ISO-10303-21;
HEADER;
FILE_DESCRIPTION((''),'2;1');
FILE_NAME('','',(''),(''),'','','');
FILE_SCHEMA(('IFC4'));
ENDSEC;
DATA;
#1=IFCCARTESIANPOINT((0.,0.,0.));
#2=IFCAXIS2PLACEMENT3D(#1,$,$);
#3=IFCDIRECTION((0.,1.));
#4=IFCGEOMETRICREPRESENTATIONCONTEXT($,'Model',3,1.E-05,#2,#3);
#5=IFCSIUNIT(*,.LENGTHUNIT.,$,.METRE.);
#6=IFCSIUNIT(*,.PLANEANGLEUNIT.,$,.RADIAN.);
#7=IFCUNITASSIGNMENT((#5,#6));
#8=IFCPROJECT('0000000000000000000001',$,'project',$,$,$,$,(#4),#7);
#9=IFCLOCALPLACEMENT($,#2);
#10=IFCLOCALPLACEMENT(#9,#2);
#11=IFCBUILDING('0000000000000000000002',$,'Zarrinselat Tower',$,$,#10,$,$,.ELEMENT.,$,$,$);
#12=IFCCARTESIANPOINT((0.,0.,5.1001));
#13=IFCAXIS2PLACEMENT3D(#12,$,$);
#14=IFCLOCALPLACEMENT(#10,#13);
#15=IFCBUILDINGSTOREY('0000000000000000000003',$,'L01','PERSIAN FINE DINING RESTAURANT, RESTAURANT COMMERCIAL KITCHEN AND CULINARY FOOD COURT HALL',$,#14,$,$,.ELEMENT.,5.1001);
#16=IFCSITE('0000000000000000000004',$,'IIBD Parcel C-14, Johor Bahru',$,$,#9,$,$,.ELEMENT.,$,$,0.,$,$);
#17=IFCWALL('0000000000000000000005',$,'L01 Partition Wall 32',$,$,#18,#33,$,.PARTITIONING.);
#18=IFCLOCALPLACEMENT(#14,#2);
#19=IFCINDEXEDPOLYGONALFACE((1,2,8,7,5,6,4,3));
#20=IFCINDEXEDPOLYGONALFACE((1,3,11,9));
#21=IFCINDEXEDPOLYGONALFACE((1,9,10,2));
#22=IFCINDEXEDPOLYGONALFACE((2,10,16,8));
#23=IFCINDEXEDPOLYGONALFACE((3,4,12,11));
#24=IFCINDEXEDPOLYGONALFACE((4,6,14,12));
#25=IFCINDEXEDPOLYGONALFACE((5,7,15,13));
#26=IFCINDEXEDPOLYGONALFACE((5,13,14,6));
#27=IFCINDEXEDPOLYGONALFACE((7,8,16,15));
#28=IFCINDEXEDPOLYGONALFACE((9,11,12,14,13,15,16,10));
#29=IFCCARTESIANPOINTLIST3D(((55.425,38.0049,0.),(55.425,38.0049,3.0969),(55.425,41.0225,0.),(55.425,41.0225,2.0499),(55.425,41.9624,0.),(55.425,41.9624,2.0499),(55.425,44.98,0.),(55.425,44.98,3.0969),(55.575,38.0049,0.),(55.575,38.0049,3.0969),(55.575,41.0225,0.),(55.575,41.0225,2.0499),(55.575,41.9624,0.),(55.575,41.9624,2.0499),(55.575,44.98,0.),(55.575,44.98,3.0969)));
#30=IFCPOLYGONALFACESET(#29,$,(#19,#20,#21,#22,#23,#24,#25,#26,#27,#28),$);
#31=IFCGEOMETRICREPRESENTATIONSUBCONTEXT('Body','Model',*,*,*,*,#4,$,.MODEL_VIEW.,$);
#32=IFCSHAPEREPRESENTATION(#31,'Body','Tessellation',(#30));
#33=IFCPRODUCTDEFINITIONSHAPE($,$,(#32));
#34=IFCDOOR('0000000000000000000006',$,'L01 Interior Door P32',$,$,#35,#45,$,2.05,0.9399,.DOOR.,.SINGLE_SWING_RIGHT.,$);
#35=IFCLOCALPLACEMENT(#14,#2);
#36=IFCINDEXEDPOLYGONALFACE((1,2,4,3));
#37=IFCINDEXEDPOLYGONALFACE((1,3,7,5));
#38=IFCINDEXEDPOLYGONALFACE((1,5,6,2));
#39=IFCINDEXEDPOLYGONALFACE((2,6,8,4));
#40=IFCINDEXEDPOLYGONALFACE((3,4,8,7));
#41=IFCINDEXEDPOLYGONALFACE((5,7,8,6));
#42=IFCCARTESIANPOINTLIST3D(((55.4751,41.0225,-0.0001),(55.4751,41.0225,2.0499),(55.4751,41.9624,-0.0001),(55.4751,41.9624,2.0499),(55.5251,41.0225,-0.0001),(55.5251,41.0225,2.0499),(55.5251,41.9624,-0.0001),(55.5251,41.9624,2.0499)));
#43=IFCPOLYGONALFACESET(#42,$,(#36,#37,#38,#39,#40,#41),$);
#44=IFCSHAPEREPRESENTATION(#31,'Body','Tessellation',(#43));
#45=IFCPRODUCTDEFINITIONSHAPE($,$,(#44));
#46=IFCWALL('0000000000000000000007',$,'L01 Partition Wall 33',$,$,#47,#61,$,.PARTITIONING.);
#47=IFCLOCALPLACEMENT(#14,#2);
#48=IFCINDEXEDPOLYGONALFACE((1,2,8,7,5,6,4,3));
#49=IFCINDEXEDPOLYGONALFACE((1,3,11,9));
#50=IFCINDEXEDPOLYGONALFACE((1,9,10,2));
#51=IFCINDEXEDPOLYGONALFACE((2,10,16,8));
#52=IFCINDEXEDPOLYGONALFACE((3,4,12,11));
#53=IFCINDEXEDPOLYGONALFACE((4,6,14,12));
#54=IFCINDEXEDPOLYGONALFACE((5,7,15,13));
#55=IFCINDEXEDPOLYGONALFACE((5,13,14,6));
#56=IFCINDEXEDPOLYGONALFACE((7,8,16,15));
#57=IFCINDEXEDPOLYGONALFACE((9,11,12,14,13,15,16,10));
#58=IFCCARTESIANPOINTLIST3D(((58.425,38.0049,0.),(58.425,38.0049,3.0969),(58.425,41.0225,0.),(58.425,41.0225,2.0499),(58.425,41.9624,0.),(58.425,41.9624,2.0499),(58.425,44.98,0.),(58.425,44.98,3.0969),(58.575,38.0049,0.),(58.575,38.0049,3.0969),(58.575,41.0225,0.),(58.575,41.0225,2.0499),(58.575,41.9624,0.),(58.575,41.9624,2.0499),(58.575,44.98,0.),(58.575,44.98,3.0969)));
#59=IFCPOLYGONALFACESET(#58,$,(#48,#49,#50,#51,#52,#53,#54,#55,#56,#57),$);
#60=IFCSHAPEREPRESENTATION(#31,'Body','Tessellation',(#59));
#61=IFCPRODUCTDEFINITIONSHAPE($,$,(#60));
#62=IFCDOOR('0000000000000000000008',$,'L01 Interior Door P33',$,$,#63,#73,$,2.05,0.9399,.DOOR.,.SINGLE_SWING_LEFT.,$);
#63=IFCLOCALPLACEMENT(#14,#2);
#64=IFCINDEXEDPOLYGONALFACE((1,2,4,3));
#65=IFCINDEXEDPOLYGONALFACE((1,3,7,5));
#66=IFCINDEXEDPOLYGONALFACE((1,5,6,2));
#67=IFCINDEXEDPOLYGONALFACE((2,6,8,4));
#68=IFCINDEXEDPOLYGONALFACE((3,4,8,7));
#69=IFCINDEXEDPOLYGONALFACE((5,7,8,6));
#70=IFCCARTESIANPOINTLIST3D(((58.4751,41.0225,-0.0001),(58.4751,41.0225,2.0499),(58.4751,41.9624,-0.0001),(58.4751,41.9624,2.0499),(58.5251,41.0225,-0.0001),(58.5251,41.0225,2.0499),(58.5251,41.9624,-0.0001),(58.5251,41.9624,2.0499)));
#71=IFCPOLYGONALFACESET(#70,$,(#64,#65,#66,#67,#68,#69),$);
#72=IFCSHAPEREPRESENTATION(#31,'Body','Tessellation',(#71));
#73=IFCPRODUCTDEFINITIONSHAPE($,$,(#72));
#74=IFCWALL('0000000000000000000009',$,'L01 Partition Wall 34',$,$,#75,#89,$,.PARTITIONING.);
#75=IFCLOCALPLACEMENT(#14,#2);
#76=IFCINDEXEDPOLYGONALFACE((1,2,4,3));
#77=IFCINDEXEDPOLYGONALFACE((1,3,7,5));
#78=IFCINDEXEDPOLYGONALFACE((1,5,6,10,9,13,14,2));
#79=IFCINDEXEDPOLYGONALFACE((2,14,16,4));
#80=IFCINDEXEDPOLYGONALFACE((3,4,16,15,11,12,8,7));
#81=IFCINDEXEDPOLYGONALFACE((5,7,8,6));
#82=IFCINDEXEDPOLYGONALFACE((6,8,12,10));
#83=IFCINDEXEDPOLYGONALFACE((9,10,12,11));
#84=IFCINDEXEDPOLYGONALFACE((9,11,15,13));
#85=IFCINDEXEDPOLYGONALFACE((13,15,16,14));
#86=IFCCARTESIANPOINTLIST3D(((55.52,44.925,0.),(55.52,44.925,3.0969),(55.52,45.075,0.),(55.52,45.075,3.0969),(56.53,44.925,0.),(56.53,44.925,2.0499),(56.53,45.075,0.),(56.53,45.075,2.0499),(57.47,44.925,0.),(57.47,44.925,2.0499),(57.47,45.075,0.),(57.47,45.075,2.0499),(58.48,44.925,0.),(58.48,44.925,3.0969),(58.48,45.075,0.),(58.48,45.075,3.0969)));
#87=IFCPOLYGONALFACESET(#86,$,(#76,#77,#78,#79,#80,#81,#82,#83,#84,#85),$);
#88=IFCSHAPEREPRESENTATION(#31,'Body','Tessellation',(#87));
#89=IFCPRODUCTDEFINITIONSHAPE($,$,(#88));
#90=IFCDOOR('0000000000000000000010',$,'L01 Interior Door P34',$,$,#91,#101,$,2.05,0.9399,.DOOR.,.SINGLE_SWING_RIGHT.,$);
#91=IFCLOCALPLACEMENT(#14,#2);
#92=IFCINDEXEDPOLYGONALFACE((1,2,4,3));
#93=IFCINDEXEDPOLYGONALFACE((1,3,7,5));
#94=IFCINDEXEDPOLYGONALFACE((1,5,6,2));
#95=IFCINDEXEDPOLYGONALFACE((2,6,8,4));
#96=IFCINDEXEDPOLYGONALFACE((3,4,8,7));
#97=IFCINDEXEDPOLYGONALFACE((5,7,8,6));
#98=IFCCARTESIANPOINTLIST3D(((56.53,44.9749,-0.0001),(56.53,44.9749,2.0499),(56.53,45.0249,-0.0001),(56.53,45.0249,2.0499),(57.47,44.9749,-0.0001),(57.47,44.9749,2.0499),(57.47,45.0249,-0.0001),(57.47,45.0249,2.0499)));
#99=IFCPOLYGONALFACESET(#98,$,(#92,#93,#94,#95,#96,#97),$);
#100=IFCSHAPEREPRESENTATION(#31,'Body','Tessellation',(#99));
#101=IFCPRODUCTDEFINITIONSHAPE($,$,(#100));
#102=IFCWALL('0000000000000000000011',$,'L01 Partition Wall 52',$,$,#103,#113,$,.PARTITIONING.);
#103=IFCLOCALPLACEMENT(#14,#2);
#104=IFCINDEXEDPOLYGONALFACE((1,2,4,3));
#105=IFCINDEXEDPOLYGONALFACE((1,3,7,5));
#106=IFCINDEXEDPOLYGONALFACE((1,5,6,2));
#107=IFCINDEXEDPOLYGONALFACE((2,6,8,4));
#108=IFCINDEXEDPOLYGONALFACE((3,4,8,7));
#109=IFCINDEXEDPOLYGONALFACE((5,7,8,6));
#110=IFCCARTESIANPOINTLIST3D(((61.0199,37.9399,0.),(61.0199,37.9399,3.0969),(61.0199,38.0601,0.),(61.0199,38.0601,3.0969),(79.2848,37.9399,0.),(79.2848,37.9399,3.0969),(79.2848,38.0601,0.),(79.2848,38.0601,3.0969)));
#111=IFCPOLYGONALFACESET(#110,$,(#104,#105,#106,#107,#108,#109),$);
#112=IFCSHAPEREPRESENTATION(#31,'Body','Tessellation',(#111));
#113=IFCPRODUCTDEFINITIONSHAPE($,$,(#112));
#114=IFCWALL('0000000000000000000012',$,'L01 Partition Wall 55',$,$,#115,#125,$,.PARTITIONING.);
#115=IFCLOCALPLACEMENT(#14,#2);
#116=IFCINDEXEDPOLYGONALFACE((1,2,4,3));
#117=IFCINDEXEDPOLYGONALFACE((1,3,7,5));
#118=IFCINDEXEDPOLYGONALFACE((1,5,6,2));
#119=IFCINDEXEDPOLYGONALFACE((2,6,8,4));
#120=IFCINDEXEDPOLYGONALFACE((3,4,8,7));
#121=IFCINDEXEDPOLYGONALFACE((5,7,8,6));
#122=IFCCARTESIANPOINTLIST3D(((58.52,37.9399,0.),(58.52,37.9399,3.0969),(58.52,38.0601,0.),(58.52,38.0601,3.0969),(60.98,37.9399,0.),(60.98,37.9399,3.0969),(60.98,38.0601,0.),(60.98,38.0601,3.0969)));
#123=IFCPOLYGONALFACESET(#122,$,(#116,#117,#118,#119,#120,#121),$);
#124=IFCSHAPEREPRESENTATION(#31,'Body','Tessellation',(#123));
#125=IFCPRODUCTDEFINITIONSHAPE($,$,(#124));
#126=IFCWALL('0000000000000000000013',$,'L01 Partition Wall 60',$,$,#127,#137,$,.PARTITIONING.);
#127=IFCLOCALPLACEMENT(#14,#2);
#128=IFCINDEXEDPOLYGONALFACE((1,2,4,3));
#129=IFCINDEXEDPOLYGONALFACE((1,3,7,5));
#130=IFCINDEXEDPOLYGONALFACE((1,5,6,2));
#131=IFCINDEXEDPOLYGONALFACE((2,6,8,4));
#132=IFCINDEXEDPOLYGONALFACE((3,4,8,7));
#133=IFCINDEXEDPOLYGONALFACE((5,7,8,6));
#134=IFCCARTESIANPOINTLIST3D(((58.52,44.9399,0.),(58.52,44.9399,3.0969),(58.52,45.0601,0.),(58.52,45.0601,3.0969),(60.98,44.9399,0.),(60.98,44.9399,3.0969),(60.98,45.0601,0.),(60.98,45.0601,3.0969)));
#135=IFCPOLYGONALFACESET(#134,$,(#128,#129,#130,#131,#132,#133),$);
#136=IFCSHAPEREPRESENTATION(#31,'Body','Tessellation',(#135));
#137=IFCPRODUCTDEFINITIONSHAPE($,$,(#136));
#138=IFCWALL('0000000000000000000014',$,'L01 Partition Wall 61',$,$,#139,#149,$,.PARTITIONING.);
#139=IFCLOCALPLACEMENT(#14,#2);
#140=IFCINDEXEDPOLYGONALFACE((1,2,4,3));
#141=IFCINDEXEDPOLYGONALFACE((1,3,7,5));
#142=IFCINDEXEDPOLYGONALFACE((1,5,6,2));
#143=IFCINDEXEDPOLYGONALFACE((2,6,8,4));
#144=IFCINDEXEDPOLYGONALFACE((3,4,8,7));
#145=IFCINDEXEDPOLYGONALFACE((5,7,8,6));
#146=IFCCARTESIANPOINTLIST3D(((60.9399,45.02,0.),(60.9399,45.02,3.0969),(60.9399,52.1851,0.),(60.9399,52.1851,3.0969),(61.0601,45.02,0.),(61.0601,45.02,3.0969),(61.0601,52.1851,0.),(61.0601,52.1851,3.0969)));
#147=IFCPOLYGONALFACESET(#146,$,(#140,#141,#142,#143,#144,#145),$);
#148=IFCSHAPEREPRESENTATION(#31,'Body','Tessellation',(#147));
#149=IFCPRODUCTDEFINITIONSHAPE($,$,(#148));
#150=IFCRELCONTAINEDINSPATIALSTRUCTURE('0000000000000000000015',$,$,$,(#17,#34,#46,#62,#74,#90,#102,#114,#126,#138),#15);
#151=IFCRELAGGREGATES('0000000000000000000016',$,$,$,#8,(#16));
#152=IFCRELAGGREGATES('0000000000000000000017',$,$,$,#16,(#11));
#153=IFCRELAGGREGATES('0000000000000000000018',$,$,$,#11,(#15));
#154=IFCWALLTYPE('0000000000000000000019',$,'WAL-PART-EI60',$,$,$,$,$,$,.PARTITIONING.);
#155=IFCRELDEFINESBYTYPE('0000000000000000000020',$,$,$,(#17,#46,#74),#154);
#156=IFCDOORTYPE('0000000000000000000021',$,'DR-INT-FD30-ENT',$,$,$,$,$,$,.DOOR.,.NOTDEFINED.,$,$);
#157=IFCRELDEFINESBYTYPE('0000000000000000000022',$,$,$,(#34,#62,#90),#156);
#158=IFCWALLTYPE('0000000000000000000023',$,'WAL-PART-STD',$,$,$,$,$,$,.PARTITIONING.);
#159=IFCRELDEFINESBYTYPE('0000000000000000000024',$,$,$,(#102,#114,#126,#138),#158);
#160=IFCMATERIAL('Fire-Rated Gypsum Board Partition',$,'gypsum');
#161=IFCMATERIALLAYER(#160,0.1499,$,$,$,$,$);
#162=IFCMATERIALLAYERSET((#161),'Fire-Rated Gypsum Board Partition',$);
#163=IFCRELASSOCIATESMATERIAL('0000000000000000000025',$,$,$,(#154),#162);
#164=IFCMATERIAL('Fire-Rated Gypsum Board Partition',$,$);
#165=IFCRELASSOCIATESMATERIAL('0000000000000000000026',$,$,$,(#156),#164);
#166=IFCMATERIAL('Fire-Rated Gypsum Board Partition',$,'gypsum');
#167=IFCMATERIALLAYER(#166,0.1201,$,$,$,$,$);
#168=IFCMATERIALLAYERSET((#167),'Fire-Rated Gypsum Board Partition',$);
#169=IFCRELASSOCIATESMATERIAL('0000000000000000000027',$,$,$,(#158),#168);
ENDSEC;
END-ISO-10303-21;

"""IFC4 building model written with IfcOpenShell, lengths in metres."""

from ifc_helpers import new_model, si_unit, direction, frame, frame_2d, origin, place, context, subcontext, project, spatial, rectangle, extrude, material, layer, layer_set, type_object, element, fill, save


model = new_model("IFC4")

# Units and contexts
model_context = context("Model", 3, precision=1e-05, world=origin(), true_north=direction((0.0, 1.0)))
body_context = subcontext(model_context, "Body", "Model", "MODEL_VIEW")
ifc_project = project(units=[si_unit("LENGTHUNIT", "METRE"), si_unit("PLANEANGLEUNIT", "RADIAN")], contexts=[model_context])

# Site, building, storey
site_placement = place(None, origin())
site = spatial("IfcSite", under=ifc_project, at=site_placement, Name="IIBD Parcel C-14, Johor Bahru", CompositionType="ELEMENT", RefElevation=0.0)
building_placement = place(site_placement, origin())
building = spatial("IfcBuilding", under=site, at=building_placement, Name="Zarrinselat Tower", CompositionType="ELEMENT")
storey_placement = place(building_placement, frame((0.0, 0.0, 5.1001)))
storey = spatial("IfcBuildingStorey", under=building, at=storey_placement, Name="L01", Description="PERSIAN FINE DINING RESTAURANT, RESTAURANT COMMERCIAL KITCHEN AND CULINARY FOOD COURT HALL", CompositionType="ELEMENT", Elevation=5.1001)

# Walls, openings, doors
ifc_material_1 = material(Name="Fire-Rated Gypsum Board Partition", Category="gypsum")
ifc_layer_1 = layer(ifc_material_1, 0.1499)
ifc_layer_set_1 = layer_set([ifc_layer_1], Name="Fire-Rated Gypsum Board Partition")
wall_type_1 = type_object("IfcWallType", Name="WAL-PART-EI60", PredefinedType="PARTITIONING", material=ifc_layer_set_1)
wall_1_placement = place(storey_placement, frame((55.5, 38.0049, 0.0), z_axis=(0.0, 0.0, 1.0), x_axis=(0.0, 1.0, 0.0)))
wall_1 = element("IfcWall", 1, at=wall_1_placement, inside=storey, type_object=wall_type_1, Name="L01 Partition Wall 32", PredefinedType="PARTITIONING", context=body_context, shape_type="SweptSolid", body=[
    extrude(rectangle(XDim=6.9751, YDim=0.1499, at=frame_2d((3.4875, 0.0))), origin(), (0.0, 0.0, 1.0), 3.0969),
])
opening_1_placement = place(wall_1_placement, frame((3.0176, 0.0, 0.0)))
opening_1 = element("IfcOpeningElement", 2, at=opening_1_placement, cuts=wall_1, PredefinedType="OPENING", context=body_context, shape_type="SweptSolid", body=[
    extrude(rectangle(XDim=0.9399, YDim=2.05, at=frame_2d((0.47, 1.0249))), frame((0.0, 0.085, 0.0), z_axis=(0.0, -1.0, 0.0), x_axis=(1.0, 0.0, 0.0)), (0.0, 0.0, 1.0), 0.1699),
])
ifc_material_2 = material(Name="Fire-Rated Gypsum Board Partition")
door_type = type_object("IfcDoorType", Name="DR-INT-FD30-ENT", OperationType="NOTDEFINED", PredefinedType="DOOR", material=ifc_material_2)
door_1_placement = place(opening_1_placement, origin())
door_1 = element("IfcDoor", 3, at=door_1_placement, inside=storey, type_object=door_type, Name="L01 Interior Door P32", OperationType="SINGLE_SWING_RIGHT", OverallHeight=2.05, OverallWidth=0.9399, PredefinedType="DOOR", context=body_context, shape_type="SweptSolid", body=[
    extrude(rectangle(XDim=0.9399, YDim=2.05, at=frame_2d((0.47, 1.0249))), frame((0.0, 0.0249, 0.0), z_axis=(0.0, -1.0, 0.0), x_axis=(1.0, 0.0, 0.0)), (0.0, 0.0, 1.0), 0.05),
])
fill(opening_1, door_1)
wall_2_placement = place(storey_placement, frame((58.5, 38.0049, 0.0), z_axis=(0.0, 0.0, 1.0), x_axis=(0.0, 1.0, 0.0)))
wall_2 = element("IfcWall", 4, at=wall_2_placement, inside=storey, type_object=wall_type_1, Name="L01 Partition Wall 33", PredefinedType="PARTITIONING", context=body_context, shape_type="SweptSolid", body=[
    extrude(rectangle(XDim=6.9751, YDim=0.1499, at=frame_2d((3.4875, 0.0))), origin(), (0.0, 0.0, 1.0), 3.0969),
])
opening_2_placement = place(wall_2_placement, frame((3.0176, 0.0, 0.0)))
opening_2 = element("IfcOpeningElement", 5, at=opening_2_placement, cuts=wall_2, PredefinedType="OPENING", context=body_context, shape_type="SweptSolid", body=[
    extrude(rectangle(XDim=0.9399, YDim=2.05, at=frame_2d((0.47, 1.0249))), frame((0.0, 0.085, 0.0), z_axis=(0.0, -1.0, 0.0), x_axis=(1.0, 0.0, 0.0)), (0.0, 0.0, 1.0), 0.1699),
])
door_2_placement = place(opening_2_placement, origin())
door_2 = element("IfcDoor", 6, at=door_2_placement, inside=storey, type_object=door_type, Name="L01 Interior Door P33", OperationType="SINGLE_SWING_LEFT", OverallHeight=2.05, OverallWidth=0.9399, PredefinedType="DOOR", context=body_context, shape_type="SweptSolid", body=[
    extrude(rectangle(XDim=0.9399, YDim=2.05, at=frame_2d((0.47, 1.0249))), frame((0.0, 0.0249, 0.0), z_axis=(0.0, -1.0, 0.0), x_axis=(1.0, 0.0, 0.0)), (0.0, 0.0, 1.0), 0.05),
])
fill(opening_2, door_2)
wall_3_placement = place(storey_placement, frame((55.52, 45.0, 0.0), z_axis=(0.0, 0.0, 1.0), x_axis=(1.0, 0.0, 0.0)))
wall_3 = element("IfcWall", 7, at=wall_3_placement, inside=storey, type_object=wall_type_1, Name="L01 Partition Wall 34", PredefinedType="PARTITIONING", context=body_context, shape_type="SweptSolid", body=[
    extrude(rectangle(XDim=2.96, YDim=0.1499, at=frame_2d((1.48, 0.0))), origin(), (0.0, 0.0, 1.0), 3.0969),
])
opening_3_placement = place(wall_3_placement, frame((1.01, 0.0, 0.0)))
opening_3 = element("IfcOpeningElement", 8, at=opening_3_placement, cuts=wall_3, PredefinedType="OPENING", context=body_context, shape_type="SweptSolid", body=[
    extrude(rectangle(XDim=0.9399, YDim=2.05, at=frame_2d((0.47, 1.0249))), frame((0.0, 0.085, 0.0), z_axis=(0.0, -1.0, 0.0), x_axis=(1.0, 0.0, 0.0)), (0.0, 0.0, 1.0), 0.1699),
])
door_3_placement = place(opening_3_placement, origin())
door_3 = element("IfcDoor", 9, at=door_3_placement, inside=storey, type_object=door_type, Name="L01 Interior Door P34", OperationType="SINGLE_SWING_RIGHT", OverallHeight=2.05, OverallWidth=0.9399, PredefinedType="DOOR", context=body_context, shape_type="SweptSolid", body=[
    extrude(rectangle(XDim=0.9399, YDim=2.05, at=frame_2d((0.47, 1.0249))), frame((0.0, 0.0249, 0.0), z_axis=(0.0, -1.0, 0.0), x_axis=(1.0, 0.0, 0.0)), (0.0, 0.0, 1.0), 0.05),
])
fill(opening_3, door_3)

# Walls
ifc_material_3 = material(Name="Fire-Rated Gypsum Board Partition", Category="gypsum")
ifc_layer_2 = layer(ifc_material_3, 0.1201)
ifc_layer_set_2 = layer_set([ifc_layer_2], Name="Fire-Rated Gypsum Board Partition")
wall_type_2 = type_object("IfcWallType", Name="WAL-PART-STD", PredefinedType="PARTITIONING", material=ifc_layer_set_2)
wall_4_placement = place(storey_placement, frame((61.02, 38.0, 0.0), z_axis=(0.0, 0.0, 1.0), x_axis=(1.0, 0.0, 0.0)))
element("IfcWall", 10, at=wall_4_placement, inside=storey, type_object=wall_type_2, Name="L01 Partition Wall 52", PredefinedType="PARTITIONING", context=body_context, shape_type="SweptSolid", body=[
    extrude(rectangle(XDim=18.2649, YDim=0.1201, at=frame_2d((9.1323, 0.0))), origin(), (0.0, 0.0, 1.0), 3.0969),
])
for number, where, z_axis, x_axis, name in (
    (11, (58.52, 38.0, 0.0), (0.0, 0.0, 1.0), (1.0, 0.0, 0.0), "L01 Partition Wall 55"),
    (12, (58.52, 45.0, 0.0), (0.0, 0.0, 1.0), (1.0, 0.0, 0.0), "L01 Partition Wall 60"),
):
    element("IfcWall", number, at=place(storey_placement, frame(where, z_axis=z_axis, x_axis=x_axis)), inside=storey, type_object=wall_type_2, Name=name, PredefinedType="PARTITIONING", context=body_context, shape_type="SweptSolid", body=[
        extrude(rectangle(XDim=2.46, YDim=0.1201, at=frame_2d((1.23, 0.0))), origin(), (0.0, 0.0, 1.0), 3.0969),
    ])
wall_5_placement = place(storey_placement, frame((61.0, 45.02, 0.0), z_axis=(0.0, 0.0, 1.0), x_axis=(0.0, 1.0, 0.0)))
element("IfcWall", 13, at=wall_5_placement, inside=storey, type_object=wall_type_2, Name="L01 Partition Wall 61", PredefinedType="PARTITIONING", context=body_context, shape_type="SweptSolid", body=[
    extrude(rectangle(XDim=7.165, YDim=0.1201, at=frame_2d((3.5825, 0.0))), origin(), (0.0, 0.0, 1.0), 3.0969),
])

save(model, "model.ifc")
